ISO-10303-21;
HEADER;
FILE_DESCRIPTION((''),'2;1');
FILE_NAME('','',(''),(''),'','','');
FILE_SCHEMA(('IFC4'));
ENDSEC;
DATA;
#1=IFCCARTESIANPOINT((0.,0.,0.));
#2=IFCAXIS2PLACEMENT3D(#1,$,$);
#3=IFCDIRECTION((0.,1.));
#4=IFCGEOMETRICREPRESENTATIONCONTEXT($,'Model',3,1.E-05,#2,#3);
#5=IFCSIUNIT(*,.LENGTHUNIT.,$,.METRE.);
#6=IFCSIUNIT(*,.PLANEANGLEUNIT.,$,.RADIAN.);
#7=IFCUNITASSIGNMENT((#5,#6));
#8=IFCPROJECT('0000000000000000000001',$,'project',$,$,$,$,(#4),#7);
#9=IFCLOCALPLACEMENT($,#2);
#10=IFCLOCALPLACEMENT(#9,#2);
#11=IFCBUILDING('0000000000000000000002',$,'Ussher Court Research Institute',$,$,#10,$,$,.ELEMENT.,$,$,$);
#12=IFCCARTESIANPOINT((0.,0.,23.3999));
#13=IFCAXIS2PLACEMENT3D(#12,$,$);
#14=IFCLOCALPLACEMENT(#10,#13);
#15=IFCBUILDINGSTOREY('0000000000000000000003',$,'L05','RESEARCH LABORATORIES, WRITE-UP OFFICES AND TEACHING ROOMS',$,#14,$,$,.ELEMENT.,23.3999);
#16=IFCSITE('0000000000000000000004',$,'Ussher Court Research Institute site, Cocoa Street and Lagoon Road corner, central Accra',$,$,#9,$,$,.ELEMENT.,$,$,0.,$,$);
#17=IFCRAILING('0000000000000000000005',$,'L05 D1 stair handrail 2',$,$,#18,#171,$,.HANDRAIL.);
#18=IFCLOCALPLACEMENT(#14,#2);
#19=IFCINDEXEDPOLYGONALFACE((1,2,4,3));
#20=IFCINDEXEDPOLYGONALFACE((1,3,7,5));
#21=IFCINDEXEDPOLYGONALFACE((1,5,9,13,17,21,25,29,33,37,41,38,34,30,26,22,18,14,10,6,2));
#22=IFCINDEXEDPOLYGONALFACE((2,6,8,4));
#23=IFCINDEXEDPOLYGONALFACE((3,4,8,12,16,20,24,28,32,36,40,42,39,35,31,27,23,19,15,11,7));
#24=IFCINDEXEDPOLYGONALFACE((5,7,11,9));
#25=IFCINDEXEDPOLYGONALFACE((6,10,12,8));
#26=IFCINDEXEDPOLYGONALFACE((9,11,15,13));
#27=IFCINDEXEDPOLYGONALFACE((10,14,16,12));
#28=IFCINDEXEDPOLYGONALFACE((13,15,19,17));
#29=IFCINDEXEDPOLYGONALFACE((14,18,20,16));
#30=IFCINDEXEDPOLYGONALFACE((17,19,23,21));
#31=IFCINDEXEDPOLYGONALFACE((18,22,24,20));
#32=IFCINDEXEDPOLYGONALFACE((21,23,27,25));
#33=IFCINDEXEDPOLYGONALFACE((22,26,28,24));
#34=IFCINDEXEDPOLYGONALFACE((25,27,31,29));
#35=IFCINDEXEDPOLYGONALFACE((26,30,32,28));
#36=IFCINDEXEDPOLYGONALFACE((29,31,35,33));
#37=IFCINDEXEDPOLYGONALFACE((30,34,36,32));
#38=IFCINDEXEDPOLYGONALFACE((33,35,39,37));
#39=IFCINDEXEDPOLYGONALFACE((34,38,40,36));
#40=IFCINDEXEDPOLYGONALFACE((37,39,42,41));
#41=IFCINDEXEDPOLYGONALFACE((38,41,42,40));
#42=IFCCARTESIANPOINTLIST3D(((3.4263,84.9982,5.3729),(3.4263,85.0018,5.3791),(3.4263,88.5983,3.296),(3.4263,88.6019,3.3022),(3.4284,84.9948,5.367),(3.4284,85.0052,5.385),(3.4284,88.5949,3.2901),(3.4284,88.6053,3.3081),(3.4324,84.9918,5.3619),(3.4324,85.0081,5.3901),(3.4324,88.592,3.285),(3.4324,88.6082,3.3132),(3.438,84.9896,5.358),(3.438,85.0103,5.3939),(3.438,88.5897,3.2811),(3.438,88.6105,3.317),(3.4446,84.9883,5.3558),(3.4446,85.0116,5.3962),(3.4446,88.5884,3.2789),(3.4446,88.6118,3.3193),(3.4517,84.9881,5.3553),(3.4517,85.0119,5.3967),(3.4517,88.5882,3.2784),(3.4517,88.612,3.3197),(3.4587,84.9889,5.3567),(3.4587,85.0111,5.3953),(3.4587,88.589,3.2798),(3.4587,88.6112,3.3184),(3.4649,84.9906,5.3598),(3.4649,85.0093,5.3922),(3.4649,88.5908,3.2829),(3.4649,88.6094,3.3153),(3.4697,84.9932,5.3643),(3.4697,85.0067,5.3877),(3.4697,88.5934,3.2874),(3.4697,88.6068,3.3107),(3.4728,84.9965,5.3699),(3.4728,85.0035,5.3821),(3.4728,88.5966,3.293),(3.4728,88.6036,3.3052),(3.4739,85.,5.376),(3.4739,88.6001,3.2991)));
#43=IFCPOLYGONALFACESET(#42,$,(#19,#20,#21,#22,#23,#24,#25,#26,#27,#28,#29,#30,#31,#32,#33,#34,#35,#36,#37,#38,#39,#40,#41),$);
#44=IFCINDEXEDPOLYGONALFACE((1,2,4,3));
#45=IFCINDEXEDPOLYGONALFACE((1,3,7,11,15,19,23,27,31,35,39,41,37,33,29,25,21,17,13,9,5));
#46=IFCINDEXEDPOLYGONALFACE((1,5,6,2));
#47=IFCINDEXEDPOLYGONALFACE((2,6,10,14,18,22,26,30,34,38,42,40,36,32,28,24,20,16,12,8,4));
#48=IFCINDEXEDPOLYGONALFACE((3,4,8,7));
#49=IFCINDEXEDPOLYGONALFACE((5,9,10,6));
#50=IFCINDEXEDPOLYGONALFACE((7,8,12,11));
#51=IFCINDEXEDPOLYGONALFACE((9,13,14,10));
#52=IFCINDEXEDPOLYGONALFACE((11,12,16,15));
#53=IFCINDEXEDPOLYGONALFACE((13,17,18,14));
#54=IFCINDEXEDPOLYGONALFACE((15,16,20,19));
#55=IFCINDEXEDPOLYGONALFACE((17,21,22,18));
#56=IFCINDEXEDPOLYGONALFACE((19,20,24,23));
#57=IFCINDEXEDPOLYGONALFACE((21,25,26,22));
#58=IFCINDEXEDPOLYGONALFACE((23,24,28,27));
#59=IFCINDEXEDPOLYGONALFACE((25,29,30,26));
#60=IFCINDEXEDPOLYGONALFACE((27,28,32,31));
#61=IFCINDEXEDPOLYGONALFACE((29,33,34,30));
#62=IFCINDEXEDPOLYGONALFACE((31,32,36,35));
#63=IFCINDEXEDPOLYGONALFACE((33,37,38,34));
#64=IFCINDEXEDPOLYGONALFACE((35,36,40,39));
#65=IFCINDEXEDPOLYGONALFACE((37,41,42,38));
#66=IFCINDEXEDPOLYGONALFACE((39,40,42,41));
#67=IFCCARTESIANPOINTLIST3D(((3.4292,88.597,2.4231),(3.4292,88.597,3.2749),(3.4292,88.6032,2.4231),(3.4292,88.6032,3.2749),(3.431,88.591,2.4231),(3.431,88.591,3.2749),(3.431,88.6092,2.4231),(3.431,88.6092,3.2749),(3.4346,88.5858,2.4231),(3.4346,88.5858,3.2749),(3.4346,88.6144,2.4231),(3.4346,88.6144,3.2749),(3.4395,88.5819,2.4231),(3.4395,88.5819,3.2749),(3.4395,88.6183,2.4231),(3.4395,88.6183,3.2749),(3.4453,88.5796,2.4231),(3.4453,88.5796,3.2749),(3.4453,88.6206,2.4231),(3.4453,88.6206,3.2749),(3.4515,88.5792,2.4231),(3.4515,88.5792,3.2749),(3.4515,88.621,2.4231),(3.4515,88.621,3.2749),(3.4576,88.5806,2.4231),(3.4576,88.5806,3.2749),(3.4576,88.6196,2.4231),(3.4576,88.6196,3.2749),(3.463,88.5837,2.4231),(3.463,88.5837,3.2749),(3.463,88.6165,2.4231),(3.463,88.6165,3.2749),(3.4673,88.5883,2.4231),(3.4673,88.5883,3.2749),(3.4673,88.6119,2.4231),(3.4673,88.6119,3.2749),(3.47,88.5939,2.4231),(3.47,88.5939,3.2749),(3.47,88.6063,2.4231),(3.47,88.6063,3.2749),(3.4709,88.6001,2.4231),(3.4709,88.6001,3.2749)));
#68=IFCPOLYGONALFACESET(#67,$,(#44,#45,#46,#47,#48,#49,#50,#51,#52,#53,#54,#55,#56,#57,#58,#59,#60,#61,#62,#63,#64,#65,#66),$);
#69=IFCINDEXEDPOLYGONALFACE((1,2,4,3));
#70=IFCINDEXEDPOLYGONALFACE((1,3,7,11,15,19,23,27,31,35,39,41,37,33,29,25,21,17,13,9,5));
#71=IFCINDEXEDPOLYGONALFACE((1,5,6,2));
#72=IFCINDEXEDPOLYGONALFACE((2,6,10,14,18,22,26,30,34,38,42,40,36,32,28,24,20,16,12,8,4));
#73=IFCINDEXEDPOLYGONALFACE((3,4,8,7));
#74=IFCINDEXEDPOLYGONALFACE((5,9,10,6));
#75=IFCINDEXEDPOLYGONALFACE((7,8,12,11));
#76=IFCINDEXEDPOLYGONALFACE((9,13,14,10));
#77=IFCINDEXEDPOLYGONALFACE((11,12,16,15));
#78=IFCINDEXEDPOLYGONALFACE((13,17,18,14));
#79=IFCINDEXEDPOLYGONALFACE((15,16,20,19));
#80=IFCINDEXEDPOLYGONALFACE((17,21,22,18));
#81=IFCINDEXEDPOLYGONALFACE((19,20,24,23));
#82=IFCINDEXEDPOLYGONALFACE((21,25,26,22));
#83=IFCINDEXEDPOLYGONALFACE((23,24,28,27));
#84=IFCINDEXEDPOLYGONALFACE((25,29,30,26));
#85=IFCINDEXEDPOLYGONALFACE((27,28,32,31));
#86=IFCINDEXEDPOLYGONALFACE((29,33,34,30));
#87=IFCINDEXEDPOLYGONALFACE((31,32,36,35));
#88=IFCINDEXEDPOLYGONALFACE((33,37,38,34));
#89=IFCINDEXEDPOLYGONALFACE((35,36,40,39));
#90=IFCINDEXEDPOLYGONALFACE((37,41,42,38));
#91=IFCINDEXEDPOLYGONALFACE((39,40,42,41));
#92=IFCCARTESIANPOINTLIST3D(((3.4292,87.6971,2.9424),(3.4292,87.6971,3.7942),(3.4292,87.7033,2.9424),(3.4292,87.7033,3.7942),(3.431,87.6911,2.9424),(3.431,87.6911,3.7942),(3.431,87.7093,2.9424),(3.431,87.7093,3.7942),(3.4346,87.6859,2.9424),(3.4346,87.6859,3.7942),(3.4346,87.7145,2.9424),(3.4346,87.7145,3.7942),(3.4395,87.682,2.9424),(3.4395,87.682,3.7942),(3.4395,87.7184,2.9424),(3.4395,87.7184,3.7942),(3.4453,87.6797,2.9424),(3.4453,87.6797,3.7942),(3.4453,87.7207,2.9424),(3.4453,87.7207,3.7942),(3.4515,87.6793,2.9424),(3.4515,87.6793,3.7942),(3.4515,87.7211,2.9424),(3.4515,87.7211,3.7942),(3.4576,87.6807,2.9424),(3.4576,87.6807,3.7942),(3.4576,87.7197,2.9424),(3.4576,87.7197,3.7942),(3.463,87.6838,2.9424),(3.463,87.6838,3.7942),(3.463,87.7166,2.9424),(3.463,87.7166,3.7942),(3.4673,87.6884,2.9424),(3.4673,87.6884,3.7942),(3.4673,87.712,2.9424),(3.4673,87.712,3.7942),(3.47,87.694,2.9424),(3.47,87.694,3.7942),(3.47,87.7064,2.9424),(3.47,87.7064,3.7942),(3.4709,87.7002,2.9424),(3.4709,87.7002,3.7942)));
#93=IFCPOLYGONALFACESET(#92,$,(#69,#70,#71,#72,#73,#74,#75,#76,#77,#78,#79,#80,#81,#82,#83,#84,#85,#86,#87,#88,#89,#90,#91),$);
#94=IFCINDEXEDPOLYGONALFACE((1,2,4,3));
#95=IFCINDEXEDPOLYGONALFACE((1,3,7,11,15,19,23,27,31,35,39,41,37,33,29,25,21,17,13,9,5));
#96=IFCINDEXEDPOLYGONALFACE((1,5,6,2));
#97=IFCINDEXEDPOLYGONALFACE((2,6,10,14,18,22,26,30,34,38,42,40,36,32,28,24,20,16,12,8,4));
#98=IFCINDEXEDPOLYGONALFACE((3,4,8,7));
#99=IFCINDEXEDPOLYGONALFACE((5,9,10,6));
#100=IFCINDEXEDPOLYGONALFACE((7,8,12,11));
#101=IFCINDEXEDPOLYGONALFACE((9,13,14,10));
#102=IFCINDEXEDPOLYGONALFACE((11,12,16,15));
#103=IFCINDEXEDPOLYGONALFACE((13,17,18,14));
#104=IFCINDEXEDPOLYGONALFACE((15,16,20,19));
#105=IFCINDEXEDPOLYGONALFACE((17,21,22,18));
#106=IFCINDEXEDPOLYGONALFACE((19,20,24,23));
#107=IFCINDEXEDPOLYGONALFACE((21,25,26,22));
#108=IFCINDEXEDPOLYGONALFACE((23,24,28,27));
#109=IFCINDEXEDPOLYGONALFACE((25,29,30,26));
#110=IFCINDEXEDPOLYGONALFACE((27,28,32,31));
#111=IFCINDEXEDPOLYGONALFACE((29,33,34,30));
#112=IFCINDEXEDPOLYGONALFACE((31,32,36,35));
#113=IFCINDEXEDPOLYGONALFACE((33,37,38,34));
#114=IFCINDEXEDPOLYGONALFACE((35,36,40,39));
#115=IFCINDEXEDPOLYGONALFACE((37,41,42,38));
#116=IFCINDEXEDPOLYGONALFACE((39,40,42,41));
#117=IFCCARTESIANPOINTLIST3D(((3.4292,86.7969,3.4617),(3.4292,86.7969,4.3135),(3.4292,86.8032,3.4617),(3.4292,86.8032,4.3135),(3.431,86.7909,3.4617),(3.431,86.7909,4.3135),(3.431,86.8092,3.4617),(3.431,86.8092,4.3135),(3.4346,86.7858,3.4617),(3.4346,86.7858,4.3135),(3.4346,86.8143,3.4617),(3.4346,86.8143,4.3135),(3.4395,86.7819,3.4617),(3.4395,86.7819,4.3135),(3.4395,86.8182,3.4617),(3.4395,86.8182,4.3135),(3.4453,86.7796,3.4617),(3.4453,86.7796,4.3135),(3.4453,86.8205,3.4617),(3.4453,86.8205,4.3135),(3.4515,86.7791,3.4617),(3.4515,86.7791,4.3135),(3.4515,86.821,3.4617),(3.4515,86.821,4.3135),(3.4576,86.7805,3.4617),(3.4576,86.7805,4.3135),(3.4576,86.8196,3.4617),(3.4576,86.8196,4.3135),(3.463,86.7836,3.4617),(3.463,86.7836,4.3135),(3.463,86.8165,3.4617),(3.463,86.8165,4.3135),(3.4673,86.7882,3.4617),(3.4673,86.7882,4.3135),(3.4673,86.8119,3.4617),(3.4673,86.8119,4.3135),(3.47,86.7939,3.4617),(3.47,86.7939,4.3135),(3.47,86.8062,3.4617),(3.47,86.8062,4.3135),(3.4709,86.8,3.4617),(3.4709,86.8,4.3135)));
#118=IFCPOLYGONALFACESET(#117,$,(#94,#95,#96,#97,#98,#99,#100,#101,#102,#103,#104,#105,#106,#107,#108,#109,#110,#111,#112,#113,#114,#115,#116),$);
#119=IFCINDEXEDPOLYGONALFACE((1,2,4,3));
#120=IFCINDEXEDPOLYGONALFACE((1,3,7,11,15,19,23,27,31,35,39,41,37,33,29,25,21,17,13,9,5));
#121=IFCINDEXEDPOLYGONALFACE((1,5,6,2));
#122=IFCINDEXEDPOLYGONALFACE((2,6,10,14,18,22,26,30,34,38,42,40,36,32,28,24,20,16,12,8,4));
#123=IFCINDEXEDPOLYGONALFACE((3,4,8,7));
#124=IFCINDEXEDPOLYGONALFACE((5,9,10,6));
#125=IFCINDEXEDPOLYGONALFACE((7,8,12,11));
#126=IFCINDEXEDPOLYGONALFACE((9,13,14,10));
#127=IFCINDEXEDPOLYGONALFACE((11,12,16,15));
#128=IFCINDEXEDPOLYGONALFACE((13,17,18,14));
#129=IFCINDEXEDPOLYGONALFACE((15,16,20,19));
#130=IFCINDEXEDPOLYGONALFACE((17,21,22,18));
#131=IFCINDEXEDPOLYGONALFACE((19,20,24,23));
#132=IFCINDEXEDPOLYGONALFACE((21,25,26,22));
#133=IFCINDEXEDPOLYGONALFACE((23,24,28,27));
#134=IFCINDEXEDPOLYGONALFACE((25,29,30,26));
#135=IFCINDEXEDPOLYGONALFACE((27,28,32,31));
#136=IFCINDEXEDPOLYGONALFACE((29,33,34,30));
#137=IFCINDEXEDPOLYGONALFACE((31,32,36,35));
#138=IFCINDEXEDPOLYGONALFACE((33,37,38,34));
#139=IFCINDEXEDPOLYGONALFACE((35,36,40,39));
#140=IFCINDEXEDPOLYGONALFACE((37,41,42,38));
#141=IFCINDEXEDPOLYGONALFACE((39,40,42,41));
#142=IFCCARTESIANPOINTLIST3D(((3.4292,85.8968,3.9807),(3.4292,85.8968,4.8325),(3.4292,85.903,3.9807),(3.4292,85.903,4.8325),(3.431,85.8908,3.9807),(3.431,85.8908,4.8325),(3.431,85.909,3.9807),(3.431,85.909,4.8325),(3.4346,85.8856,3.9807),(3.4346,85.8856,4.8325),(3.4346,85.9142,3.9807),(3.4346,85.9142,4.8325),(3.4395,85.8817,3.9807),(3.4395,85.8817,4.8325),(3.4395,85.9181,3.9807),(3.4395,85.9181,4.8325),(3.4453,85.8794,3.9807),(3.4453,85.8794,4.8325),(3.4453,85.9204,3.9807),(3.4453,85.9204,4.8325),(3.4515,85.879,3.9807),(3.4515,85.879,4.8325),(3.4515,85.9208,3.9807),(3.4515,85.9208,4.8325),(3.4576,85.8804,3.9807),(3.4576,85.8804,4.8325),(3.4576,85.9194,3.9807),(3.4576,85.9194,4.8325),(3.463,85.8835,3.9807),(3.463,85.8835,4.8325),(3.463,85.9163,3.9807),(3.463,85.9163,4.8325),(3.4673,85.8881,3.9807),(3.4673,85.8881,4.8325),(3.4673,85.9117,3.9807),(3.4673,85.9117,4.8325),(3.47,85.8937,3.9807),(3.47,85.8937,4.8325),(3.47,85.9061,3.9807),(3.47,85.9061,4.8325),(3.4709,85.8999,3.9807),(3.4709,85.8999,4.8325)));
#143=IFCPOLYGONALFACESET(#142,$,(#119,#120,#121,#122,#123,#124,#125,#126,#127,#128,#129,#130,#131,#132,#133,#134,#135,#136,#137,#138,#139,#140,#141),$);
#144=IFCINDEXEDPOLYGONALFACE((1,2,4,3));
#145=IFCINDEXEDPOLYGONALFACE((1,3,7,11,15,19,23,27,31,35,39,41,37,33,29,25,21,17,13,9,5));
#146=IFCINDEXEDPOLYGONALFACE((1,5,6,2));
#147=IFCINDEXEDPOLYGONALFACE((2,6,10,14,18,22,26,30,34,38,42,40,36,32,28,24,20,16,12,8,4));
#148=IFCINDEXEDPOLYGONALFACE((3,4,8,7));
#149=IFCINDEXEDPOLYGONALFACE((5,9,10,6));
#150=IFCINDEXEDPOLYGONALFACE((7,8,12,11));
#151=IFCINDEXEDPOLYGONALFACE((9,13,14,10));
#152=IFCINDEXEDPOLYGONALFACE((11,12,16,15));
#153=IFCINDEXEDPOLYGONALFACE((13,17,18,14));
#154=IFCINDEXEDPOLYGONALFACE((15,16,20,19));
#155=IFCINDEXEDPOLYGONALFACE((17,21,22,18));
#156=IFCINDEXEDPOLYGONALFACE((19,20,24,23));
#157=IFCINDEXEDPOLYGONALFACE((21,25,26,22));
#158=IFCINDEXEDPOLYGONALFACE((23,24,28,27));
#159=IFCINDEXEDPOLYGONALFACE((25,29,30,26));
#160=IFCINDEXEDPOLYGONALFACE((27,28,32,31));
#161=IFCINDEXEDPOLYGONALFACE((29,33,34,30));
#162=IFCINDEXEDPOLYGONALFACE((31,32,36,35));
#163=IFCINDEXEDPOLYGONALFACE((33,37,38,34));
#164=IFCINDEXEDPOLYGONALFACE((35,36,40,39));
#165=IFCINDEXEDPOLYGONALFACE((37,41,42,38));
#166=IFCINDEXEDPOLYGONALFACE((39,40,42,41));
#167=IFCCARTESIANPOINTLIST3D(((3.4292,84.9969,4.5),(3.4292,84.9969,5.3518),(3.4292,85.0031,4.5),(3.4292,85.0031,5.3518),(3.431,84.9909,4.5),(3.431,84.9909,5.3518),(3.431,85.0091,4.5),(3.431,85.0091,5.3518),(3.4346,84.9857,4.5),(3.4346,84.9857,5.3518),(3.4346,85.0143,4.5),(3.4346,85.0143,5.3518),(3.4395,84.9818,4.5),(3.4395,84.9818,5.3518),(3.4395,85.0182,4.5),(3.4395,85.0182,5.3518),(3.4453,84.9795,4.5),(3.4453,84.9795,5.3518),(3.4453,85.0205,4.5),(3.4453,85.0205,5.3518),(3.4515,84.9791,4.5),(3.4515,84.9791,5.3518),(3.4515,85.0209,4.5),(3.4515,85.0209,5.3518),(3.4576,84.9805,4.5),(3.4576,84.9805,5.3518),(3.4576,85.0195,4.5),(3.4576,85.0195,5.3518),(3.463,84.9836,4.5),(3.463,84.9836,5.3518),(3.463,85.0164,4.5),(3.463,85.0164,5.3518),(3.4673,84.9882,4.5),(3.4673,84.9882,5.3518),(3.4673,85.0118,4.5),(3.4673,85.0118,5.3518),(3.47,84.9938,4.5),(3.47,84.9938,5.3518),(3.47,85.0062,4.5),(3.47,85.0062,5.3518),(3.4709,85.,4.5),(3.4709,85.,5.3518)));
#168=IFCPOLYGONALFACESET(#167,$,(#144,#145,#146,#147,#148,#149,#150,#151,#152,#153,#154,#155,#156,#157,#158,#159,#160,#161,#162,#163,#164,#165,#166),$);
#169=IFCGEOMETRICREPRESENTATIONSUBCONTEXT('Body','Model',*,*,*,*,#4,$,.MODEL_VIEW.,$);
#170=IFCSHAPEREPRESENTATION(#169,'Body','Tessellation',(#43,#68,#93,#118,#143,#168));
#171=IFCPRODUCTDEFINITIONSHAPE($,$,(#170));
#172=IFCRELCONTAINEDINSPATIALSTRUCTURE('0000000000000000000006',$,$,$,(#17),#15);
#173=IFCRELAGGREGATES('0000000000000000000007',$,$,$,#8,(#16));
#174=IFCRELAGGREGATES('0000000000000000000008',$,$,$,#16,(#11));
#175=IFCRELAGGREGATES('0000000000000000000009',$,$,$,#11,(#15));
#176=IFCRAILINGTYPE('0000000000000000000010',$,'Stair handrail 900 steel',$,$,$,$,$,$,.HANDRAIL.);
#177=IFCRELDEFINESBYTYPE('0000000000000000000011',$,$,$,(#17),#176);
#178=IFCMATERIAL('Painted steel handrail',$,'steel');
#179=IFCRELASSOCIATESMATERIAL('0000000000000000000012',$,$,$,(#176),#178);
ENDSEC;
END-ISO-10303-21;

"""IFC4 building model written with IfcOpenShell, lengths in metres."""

from ifc_helpers import new_model, si_unit, direction, frame, origin, origin_2d, place, context, subcontext, project, spatial, circle, extrude, material, type_object, element, save


model = new_model("IFC4")

# Units and contexts
model_context = context("Model", 3, precision=1e-05, world=origin(), true_north=direction((0.0, 1.0)))
body_context = subcontext(model_context, "Body", "Model", "MODEL_VIEW")
ifc_project = project(units=[si_unit("LENGTHUNIT", "METRE"), si_unit("PLANEANGLEUNIT", "RADIAN")], contexts=[model_context])

# Site, building, storey
site_placement = place(None, origin())
site = spatial("IfcSite", under=ifc_project, at=site_placement, Name="Ussher Court Research Institute site, Cocoa Street and Lagoon Road corner, central Accra", CompositionType="ELEMENT", RefElevation=0.0)
building_placement = place(site_placement, origin())
building = spatial("IfcBuilding", under=site, at=building_placement, Name="Ussher Court Research Institute", CompositionType="ELEMENT")
storey_placement = place(building_placement, frame((0.0, 0.0, 23.3999)))
storey = spatial("IfcBuildingStorey", under=building, at=storey_placement, Name="L05", Description="RESEARCH LABORATORIES, WRITE-UP OFFICES AND TEACHING ROOMS", CompositionType="ELEMENT", Elevation=23.3999)

# Railing
ifc_material_1 = material(Name="Painted steel handrail", Category="steel")
railing_type_1 = type_object("IfcRailingType", Name="Stair handrail 900 steel", PredefinedType="HANDRAIL", material=ifc_material_1)
railing_1_placement = place(storey_placement, frame((3.45, 88.6001, 2.4231)))
element("IfcRailing", 1, at=railing_1_placement, inside=storey, type_object=railing_type_1, Name="L05 D1 stair handrail 2", PredefinedType="HANDRAIL", context=body_context, shape_type="SweptSolid", body=[
    extrude(circle(Radius=0.0239, at=origin_2d()), frame((0.0, 0.0, 0.876), z_axis=(0.0, -0.866193, 0.499709), x_axis=(1.0, 0.0, 0.0)), (0.0, 0.0, 1.0), 4.1562),
    extrude(circle(Radius=0.021, at=origin_2d()), origin(), (0.0, 0.0, 1.0), 0.8518),
    extrude(circle(Radius=0.021, at=origin_2d()), frame((0.0, -0.8999, 0.5193)), (0.0, 0.0, 1.0), 0.8518),
    extrude(circle(Radius=0.021, at=origin_2d()), frame((0.0, -1.8, 1.0386)), (0.0, 0.0, 1.0), 0.8518),
    extrude(circle(Radius=0.021, at=origin_2d()), frame((0.0, -2.7002, 1.5576)), (0.0, 0.0, 1.0), 0.8518),
    extrude(circle(Radius=0.021, at=origin_2d()), frame((0.0, -3.6001, 2.0769)), (0.0, 0.0, 1.0), 0.8518),
])

save(model, "model.ifc")
